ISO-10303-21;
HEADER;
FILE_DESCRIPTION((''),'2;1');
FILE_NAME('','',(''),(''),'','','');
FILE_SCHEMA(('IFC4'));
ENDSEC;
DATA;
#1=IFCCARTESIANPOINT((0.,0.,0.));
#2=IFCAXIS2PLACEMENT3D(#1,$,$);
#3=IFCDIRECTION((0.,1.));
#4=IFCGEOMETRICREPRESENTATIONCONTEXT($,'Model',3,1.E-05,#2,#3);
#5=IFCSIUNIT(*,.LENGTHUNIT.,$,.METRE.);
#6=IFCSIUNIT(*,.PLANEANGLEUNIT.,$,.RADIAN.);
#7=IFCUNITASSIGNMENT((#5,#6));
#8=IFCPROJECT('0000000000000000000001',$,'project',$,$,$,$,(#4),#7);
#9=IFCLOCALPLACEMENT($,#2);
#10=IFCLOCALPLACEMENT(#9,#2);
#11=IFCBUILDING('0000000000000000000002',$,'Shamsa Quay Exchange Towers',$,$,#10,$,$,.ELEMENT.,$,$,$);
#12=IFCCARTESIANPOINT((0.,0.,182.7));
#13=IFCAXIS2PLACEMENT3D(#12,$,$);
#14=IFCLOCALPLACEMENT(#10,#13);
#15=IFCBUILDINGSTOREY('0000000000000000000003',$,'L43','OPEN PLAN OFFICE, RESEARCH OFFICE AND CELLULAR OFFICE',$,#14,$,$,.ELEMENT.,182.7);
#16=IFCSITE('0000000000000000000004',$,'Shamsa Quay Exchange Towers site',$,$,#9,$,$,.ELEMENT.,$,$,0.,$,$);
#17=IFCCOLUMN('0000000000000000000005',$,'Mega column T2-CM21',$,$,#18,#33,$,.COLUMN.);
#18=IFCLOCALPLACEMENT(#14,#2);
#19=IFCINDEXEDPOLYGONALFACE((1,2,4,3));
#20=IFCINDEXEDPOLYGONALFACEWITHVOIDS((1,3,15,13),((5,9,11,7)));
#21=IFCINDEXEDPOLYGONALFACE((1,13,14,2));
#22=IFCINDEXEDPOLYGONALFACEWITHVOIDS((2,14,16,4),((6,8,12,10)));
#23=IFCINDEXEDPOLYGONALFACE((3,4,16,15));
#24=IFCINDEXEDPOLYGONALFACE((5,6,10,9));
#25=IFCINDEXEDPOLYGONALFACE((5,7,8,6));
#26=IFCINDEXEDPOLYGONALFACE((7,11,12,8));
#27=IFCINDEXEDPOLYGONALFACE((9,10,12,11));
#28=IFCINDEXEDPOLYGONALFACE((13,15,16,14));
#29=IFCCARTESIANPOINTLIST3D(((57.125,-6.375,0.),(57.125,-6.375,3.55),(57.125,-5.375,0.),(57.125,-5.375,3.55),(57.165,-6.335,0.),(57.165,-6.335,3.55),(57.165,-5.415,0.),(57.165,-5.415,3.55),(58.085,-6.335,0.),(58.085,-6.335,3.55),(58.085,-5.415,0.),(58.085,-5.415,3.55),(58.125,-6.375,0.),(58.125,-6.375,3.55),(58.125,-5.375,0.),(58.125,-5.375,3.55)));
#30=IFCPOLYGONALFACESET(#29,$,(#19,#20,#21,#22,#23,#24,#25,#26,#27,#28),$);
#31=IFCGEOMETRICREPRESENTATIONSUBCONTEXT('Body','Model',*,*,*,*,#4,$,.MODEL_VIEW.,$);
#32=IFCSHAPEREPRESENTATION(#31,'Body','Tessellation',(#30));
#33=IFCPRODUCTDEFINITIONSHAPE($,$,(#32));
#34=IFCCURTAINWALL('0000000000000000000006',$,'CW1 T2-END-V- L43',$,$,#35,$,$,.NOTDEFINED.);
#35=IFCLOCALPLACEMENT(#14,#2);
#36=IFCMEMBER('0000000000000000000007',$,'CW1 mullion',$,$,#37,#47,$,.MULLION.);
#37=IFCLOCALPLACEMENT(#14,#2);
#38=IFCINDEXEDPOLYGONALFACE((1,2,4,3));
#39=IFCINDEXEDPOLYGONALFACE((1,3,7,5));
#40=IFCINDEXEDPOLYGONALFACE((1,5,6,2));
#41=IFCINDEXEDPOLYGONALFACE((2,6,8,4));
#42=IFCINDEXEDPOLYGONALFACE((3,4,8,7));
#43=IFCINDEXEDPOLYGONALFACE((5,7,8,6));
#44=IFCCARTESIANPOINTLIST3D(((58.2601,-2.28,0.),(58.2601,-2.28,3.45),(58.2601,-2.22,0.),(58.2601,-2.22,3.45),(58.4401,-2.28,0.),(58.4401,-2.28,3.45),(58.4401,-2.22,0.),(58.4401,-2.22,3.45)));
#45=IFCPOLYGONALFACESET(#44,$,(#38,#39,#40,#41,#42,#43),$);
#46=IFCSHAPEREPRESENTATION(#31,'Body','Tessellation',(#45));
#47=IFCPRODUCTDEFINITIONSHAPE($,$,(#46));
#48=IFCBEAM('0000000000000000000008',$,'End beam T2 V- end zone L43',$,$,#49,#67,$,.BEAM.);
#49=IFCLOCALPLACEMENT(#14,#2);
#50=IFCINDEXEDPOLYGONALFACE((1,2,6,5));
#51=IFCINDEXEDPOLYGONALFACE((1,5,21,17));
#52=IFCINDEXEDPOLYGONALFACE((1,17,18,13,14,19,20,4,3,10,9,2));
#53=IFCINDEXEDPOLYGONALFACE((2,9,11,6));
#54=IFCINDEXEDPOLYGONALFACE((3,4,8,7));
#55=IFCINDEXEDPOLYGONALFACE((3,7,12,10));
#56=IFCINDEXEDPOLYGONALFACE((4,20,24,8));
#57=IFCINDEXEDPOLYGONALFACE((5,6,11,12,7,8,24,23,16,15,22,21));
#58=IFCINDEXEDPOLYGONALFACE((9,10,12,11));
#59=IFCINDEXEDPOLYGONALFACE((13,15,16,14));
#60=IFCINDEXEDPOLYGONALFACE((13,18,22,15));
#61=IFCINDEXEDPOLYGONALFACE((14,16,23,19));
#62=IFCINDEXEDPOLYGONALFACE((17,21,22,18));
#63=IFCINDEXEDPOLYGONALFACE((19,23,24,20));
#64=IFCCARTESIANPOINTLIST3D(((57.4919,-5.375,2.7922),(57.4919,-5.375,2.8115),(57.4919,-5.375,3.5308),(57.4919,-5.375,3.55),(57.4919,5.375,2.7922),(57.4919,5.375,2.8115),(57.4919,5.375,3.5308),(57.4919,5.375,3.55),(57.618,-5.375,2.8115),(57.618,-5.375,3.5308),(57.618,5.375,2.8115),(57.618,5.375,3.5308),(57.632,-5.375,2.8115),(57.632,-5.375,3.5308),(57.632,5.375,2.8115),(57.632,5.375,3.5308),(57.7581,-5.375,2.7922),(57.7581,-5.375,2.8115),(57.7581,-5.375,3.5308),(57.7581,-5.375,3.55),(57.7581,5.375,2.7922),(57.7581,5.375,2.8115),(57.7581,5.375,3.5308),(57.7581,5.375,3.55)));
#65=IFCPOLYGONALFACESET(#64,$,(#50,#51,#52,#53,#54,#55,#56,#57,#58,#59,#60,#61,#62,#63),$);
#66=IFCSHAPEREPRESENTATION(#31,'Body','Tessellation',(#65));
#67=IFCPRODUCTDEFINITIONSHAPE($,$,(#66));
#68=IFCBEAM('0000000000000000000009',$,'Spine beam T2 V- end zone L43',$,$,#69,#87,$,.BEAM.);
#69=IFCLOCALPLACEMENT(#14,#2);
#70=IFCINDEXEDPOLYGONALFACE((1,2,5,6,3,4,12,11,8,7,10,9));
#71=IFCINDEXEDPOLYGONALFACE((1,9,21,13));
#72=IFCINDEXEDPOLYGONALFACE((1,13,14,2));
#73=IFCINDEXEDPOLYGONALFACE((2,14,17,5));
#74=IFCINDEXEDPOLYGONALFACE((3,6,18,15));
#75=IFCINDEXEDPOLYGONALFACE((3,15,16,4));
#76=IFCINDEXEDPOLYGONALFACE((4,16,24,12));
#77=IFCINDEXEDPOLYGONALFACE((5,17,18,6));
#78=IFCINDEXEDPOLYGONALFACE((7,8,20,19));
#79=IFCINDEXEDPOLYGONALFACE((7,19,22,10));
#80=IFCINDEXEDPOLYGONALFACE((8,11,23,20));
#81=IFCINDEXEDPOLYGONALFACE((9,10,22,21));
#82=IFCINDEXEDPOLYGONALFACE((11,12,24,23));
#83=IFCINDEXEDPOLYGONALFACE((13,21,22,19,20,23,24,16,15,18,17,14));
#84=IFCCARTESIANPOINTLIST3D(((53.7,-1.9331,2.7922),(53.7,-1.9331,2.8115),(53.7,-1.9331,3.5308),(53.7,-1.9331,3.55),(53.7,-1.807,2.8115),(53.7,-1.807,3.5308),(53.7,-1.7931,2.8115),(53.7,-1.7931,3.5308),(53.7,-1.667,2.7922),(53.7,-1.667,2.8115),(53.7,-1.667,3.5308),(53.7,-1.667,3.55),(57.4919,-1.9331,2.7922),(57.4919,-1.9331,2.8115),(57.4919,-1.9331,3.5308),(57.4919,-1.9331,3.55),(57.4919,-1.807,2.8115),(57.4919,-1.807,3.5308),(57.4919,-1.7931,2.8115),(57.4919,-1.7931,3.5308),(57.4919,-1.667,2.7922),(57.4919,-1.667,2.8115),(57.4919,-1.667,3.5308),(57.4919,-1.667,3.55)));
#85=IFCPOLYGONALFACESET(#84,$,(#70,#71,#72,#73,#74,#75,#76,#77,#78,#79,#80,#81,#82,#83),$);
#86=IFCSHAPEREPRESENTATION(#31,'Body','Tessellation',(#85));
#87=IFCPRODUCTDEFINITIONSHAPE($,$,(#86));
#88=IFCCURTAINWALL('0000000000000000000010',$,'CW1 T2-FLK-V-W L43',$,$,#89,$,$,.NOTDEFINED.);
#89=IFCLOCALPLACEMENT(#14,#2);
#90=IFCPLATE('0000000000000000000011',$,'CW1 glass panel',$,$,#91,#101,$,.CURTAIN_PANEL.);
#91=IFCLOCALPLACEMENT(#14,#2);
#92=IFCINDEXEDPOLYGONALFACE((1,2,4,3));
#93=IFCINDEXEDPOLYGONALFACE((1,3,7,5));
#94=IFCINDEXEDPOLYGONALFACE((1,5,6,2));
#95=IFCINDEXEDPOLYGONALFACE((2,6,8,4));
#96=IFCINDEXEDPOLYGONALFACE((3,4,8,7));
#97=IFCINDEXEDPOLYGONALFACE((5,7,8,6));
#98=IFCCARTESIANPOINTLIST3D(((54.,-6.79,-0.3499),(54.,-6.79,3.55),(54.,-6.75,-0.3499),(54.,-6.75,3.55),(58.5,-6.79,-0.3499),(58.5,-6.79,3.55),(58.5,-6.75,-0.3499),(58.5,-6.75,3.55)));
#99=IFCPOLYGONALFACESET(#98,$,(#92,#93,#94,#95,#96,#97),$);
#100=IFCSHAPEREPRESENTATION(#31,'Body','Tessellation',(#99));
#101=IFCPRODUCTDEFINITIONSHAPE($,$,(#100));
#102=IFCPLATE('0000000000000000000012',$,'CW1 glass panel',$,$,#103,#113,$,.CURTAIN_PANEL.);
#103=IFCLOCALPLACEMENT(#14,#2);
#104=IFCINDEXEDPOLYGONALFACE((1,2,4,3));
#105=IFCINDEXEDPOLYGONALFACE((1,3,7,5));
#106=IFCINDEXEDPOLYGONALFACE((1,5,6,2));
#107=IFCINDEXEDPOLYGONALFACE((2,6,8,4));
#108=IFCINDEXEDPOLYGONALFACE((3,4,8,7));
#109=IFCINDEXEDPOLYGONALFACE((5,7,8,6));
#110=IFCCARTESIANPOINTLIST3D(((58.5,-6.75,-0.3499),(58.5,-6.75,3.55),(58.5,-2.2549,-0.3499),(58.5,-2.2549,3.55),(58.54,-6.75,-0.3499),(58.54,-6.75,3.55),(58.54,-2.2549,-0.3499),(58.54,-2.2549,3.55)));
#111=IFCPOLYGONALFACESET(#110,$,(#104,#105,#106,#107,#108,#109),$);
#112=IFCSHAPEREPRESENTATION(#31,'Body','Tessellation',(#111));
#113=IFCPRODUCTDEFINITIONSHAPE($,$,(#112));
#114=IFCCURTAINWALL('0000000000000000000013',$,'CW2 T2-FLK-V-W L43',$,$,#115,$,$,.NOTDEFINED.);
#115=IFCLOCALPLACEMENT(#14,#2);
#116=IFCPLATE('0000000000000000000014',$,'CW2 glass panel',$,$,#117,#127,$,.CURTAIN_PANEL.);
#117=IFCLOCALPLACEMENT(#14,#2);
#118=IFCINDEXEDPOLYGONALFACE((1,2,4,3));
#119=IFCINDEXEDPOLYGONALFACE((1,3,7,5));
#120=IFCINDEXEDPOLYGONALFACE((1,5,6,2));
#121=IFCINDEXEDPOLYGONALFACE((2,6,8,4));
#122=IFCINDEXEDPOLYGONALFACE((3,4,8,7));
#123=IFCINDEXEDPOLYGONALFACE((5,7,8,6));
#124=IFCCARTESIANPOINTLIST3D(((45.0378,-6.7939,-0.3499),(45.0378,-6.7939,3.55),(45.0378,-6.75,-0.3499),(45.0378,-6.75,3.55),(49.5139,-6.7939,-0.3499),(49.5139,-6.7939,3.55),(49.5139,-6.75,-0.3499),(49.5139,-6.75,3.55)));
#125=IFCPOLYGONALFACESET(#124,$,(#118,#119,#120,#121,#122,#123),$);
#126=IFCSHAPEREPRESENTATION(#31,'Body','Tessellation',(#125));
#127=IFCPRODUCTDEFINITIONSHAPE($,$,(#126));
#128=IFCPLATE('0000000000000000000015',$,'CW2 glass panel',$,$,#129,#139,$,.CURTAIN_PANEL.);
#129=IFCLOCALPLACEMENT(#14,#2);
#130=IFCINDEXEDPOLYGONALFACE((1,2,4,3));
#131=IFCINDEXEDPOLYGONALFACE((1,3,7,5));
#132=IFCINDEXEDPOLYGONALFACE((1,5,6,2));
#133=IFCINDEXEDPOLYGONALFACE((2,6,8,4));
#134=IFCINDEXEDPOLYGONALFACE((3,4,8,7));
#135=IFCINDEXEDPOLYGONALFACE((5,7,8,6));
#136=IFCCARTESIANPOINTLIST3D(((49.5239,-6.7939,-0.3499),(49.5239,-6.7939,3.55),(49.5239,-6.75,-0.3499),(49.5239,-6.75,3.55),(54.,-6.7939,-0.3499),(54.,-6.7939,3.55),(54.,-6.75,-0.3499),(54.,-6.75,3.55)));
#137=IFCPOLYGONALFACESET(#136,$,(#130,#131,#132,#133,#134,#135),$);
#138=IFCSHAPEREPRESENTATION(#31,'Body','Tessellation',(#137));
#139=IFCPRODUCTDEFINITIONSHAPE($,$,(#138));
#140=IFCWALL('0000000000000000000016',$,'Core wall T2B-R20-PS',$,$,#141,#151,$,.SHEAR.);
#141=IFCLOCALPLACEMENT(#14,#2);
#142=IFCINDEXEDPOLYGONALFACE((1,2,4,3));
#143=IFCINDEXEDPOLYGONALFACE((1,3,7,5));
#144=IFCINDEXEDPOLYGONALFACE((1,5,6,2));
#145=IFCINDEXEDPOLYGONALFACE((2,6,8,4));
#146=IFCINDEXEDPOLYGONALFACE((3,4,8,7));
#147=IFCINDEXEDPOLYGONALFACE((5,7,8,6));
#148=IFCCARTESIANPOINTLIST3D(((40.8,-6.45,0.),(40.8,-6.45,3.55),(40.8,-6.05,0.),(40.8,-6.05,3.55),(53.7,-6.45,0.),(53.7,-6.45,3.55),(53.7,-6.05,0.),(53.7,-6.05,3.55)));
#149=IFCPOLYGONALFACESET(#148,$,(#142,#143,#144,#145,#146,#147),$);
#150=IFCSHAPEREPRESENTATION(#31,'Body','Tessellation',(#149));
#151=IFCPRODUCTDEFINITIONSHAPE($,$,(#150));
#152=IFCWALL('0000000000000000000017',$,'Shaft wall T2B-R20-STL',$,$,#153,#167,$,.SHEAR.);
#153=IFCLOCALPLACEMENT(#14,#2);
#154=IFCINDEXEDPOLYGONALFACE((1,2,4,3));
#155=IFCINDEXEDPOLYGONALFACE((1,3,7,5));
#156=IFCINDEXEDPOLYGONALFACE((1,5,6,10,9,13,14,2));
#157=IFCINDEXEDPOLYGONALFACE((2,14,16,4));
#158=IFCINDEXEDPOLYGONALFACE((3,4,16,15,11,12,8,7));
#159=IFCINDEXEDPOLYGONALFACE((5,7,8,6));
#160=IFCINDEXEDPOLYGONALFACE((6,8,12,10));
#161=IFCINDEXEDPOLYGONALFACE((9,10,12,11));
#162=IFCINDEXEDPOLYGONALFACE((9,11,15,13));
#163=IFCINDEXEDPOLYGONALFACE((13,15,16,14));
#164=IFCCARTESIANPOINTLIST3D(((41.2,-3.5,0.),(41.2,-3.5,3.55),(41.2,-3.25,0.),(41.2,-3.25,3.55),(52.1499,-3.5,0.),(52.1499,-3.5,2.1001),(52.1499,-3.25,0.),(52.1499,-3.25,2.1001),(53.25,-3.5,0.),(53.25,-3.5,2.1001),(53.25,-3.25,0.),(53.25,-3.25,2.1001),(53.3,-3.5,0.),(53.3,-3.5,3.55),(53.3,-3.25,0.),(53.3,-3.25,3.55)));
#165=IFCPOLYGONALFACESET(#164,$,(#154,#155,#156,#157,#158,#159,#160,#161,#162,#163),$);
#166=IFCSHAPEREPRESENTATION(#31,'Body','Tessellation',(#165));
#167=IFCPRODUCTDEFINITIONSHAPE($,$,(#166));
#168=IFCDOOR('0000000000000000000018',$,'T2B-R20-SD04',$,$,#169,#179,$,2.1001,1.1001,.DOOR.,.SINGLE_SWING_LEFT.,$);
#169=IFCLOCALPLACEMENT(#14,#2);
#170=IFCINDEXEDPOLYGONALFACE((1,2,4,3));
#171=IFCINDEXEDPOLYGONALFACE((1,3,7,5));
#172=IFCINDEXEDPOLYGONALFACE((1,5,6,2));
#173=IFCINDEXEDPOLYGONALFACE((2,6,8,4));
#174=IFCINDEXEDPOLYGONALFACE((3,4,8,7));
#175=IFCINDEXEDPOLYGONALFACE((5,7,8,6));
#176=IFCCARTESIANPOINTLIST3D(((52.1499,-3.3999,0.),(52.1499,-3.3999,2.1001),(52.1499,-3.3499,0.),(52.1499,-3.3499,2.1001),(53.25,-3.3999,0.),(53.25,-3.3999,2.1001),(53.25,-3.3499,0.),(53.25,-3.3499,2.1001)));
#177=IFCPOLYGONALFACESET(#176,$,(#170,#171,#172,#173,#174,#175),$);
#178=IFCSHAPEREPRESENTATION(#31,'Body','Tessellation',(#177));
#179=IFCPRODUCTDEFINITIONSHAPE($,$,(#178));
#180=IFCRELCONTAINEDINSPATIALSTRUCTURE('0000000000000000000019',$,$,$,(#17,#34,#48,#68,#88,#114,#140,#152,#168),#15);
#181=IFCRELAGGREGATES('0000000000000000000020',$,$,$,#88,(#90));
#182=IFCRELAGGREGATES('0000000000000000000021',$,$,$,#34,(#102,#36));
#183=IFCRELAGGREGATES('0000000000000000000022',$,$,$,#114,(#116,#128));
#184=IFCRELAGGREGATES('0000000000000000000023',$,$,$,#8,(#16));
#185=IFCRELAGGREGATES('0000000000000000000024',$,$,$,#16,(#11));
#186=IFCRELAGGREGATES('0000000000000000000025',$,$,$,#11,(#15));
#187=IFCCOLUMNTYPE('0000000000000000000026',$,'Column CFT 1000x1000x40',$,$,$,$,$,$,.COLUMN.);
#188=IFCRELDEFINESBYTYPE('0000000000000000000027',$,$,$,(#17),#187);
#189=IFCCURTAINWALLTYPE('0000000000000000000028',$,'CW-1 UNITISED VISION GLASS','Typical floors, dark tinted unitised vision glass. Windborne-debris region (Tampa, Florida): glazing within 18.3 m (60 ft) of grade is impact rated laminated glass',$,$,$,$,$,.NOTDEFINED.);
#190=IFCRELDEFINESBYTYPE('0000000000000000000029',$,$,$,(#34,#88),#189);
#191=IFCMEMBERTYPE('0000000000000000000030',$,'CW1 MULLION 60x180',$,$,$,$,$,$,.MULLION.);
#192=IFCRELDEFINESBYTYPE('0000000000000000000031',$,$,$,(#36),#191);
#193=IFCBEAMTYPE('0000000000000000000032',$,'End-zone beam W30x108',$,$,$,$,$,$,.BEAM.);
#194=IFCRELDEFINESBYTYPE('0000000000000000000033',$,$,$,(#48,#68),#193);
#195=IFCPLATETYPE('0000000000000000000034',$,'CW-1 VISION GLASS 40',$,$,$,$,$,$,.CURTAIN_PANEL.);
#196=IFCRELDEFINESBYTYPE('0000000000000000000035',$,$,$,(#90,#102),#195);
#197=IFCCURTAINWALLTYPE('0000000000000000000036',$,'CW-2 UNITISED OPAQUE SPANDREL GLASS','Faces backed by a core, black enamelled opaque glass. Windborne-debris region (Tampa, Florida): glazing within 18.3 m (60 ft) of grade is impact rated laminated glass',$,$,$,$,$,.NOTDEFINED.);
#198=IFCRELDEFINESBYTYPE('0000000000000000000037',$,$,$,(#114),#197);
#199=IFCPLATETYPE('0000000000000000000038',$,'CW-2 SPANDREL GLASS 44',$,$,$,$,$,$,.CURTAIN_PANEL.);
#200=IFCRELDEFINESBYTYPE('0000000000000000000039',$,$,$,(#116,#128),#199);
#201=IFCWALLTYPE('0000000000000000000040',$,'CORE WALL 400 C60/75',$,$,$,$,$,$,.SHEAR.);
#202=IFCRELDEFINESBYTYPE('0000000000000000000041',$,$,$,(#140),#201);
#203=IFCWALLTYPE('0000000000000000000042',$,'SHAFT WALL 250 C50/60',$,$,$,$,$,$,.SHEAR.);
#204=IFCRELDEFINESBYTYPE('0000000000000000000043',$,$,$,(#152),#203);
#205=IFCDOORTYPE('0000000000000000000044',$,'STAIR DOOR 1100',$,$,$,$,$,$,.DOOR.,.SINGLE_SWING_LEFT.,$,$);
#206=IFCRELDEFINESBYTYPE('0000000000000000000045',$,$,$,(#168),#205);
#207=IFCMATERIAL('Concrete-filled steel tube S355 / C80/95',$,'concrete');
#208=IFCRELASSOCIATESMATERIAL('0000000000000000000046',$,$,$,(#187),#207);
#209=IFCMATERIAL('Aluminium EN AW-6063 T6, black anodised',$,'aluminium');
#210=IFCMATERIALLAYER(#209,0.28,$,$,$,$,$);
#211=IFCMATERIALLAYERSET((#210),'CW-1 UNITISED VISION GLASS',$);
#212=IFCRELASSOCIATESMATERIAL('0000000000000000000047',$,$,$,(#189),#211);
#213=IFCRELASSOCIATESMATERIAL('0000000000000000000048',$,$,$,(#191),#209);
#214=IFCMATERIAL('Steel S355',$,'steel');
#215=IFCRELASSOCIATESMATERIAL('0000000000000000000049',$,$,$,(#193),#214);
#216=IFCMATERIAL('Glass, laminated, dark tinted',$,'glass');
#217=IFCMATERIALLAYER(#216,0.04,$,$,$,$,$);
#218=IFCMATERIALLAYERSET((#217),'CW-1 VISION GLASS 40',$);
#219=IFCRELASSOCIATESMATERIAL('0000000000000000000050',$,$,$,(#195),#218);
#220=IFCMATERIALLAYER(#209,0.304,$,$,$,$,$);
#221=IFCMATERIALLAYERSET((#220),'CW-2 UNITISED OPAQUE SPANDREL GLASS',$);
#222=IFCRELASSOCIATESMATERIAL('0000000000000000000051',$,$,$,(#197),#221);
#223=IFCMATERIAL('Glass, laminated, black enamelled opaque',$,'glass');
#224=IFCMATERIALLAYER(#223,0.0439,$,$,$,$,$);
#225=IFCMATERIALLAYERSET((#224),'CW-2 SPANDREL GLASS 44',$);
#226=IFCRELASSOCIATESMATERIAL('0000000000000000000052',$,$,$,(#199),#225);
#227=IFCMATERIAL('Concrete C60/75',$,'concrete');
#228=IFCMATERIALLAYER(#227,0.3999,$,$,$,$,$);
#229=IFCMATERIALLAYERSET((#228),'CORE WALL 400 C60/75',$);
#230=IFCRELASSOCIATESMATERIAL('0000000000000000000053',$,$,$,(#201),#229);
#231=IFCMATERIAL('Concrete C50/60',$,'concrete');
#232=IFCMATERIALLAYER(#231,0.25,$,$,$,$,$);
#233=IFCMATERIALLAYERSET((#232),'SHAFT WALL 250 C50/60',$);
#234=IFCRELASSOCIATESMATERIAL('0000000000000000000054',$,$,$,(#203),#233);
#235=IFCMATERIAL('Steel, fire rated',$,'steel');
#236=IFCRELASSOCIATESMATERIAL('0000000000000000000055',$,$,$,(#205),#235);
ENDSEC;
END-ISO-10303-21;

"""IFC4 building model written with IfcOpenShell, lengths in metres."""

from ifc_helpers import new_model, si_unit, direction, frame, frame_2d, origin, origin_2d, place, context, subcontext, project, spatial, rectangle, hollow_rectangle, i_section, extrude, material, layer, layer_set, material_profile, profile_set, type_object, element, fill, aggregate, save


model = new_model("IFC4")

# Units and contexts
model_context = context("Model", 3, precision=1e-05, world=origin(), true_north=direction((0.0, 1.0)))
body_context = subcontext(model_context, "Body", "Model", "MODEL_VIEW")
ifc_project = project(units=[si_unit("LENGTHUNIT", "METRE"), si_unit("PLANEANGLEUNIT", "RADIAN")], contexts=[model_context])

# Site, building, storey
site_placement = place(None, origin())
site = spatial("IfcSite", under=ifc_project, at=site_placement, Name="Shamsa Quay Exchange Towers site", CompositionType="ELEMENT", RefElevation=0.0)
building_placement = place(site_placement, origin())
building = spatial("IfcBuilding", under=site, at=building_placement, Name="Shamsa Quay Exchange Towers", CompositionType="ELEMENT")
storey_placement = place(building_placement, frame((0.0, 0.0, 182.7)))
storey = spatial("IfcBuildingStorey", under=building, at=storey_placement, Name="L43", Description="OPEN PLAN OFFICE, RESEARCH OFFICE AND CELLULAR OFFICE", CompositionType="ELEMENT", Elevation=182.7)

# Column
ifc_material_1 = material(Name="Concrete-filled steel tube S355 / C80/95", Category="concrete")
ifc_material_profile_1 = material_profile(ifc_material_1, hollow_rectangle(XDim=1.0, YDim=1.0, WallThickness=0.04, at=origin_2d()), Name="CFT 1000x1000x40")
ifc_profile_set_1 = profile_set([ifc_material_profile_1], Name="Concrete-filled steel tube S355 / C80/95")
column_type = type_object("IfcColumnType", Name="Column CFT 1000x1000x40", PredefinedType="COLUMN", material=ifc_profile_set_1)
column_placement = place(storey_placement, frame((57.625, -5.875, 0.0)))
element("IfcColumn", 1, at=column_placement, inside=storey, type_object=column_type, Name="Mega column T2-CM21", PredefinedType="COLUMN", context=body_context, shape_type="SweptSolid", body=[
    extrude(hollow_rectangle(XDim=1.0, YDim=1.0, WallThickness=0.04, at=origin_2d()), origin(), (0.0, 0.0, 1.0), 3.55),
])

# Curtain wall, member
ifc_material_2 = material(Name="Aluminium EN AW-6063 T6, black anodised", Category="aluminium")
ifc_layer_1 = layer(ifc_material_2, 0.28)
ifc_layer_set_1 = layer_set([ifc_layer_1], Name="CW-1 UNITISED VISION GLASS")
curtain_wall_type_1 = type_object("IfcCurtainWallType", Name="CW-1 UNITISED VISION GLASS", Description="Typical floors, dark tinted unitised vision glass. Windborne-debris region (Tampa, Florida): glazing within 18.3 m (60 ft) of grade is impact rated laminated glass", PredefinedType="NOTDEFINED", material=ifc_layer_set_1)
curtain_wall_1_placement = place(storey_placement, origin())
curtain_wall_1 = element("IfcCurtainWall", 2, at=curtain_wall_1_placement, inside=storey, type_object=curtain_wall_type_1, Name="CW1 T2-END-V- L43", PredefinedType="NOTDEFINED")
ifc_material_profile_2 = material_profile(ifc_material_2, rectangle(XDim=0.1799, YDim=0.0601, at=origin_2d()), Name="MU60x180")
ifc_profile_set_2 = profile_set([ifc_material_profile_2], Name="Aluminium EN AW-6063 T6, black anodised")
member_type = type_object("IfcMemberType", Name="CW1 MULLION 60x180", PredefinedType="MULLION", material=ifc_profile_set_2)
member_placement = place(storey_placement, frame((58.3501, -2.25, 0.0), z_axis=(0.0, 0.0, 1.0), x_axis=(-1.0, 0.0, 0.0)))
member = element("IfcMember", 3, at=member_placement, type_object=member_type, Name="CW1 mullion", PredefinedType="MULLION", context=body_context, shape_type="SweptSolid", body=[
    extrude(rectangle(XDim=0.1799, YDim=0.0601, at=origin_2d()), origin(), (0.0, 0.0, 1.0), 3.45),
])

# Beams
ifc_material_3 = material(Name="Steel S355", Category="steel")
ifc_material_profile_3 = material_profile(ifc_material_3, i_section(OverallWidth=0.2661, OverallDepth=0.7578, WebThickness=0.0139, FlangeThickness=0.0193, at=origin_2d()), Name="W30x108")
ifc_profile_set_3 = profile_set([ifc_material_profile_3], Name="Steel S355")
beam_type = type_object("IfcBeamType", Name="End-zone beam W30x108", PredefinedType="BEAM", material=ifc_profile_set_3)
beam_1_placement = place(storey_placement, frame((57.625, -5.375, 3.1711), z_axis=(0.0, 1.0, 0.0), x_axis=(-1.0, 0.0, 0.0)))
element("IfcBeam", 4, at=beam_1_placement, inside=storey, type_object=beam_type, Name="End beam T2 V- end zone L43", PredefinedType="BEAM", context=body_context, shape_type="SweptSolid", body=[
    extrude(i_section(OverallWidth=0.2661, OverallDepth=0.7578, WebThickness=0.0139, FlangeThickness=0.0193, at=origin_2d()), origin(), (0.0, 0.0, 1.0), 10.75),
])
beam_2_placement = place(storey_placement, frame((53.7, -1.8, 3.1711), z_axis=(1.0, 0.0, 0.0), x_axis=(0.0, 1.0, 0.0)))
element("IfcBeam", 5, at=beam_2_placement, inside=storey, type_object=beam_type, Name="Spine beam T2 V- end zone L43", PredefinedType="BEAM", context=body_context, shape_type="SweptSolid", body=[
    extrude(i_section(OverallWidth=0.2661, OverallDepth=0.7578, WebThickness=0.0139, FlangeThickness=0.0193, at=origin_2d()), origin(), (0.0, 0.0, 1.0), 3.792),
])

# Curtain wall, plate
curtain_wall_2_placement = place(storey_placement, origin())
curtain_wall_2 = element("IfcCurtainWall", 6, at=curtain_wall_2_placement, inside=storey, type_object=curtain_wall_type_1, Name="CW1 T2-FLK-V-W L43", PredefinedType="NOTDEFINED")
ifc_material_4 = material(Name="Glass, laminated, dark tinted", Category="glass")
ifc_layer_2 = layer(ifc_material_4, 0.04)
ifc_layer_set_2 = layer_set([ifc_layer_2], Name="CW-1 VISION GLASS 40")
plate_type_1 = type_object("IfcPlateType", Name="CW-1 VISION GLASS 40", PredefinedType="CURTAIN_PANEL", material=ifc_layer_set_2)
plate_1_placement = place(storey_placement, frame((56.25, -6.77, -0.3499)))
plate_1 = element("IfcPlate", 7, at=plate_1_placement, type_object=plate_type_1, Name="CW1 glass panel", PredefinedType="CURTAIN_PANEL", context=body_context, shape_type="SweptSolid", body=[
    extrude(rectangle(XDim=4.5, YDim=0.04, at=origin_2d()), origin(), (0.0, 0.0, 1.0), 3.8999),
])
aggregate(curtain_wall_2, [plate_1])

# Plate
plate_2_placement = place(storey_placement, frame((58.52, -4.5024, -0.3499), z_axis=(0.0, 0.0, 1.0), x_axis=(0.0, 1.0, 0.0)))
plate_2 = element("IfcPlate", 8, at=plate_2_placement, type_object=plate_type_1, Name="CW1 glass panel", PredefinedType="CURTAIN_PANEL", context=body_context, shape_type="SweptSolid", body=[
    extrude(rectangle(XDim=4.4951, YDim=0.04, at=origin_2d()), origin(), (0.0, 0.0, 1.0), 3.8999),
])
aggregate(curtain_wall_1, [plate_2, member])

# Curtain wall, plates
ifc_layer_3 = layer(ifc_material_2, 0.304)
ifc_layer_set_3 = layer_set([ifc_layer_3], Name="CW-2 UNITISED OPAQUE SPANDREL GLASS")
curtain_wall_type_2 = type_object("IfcCurtainWallType", Name="CW-2 UNITISED OPAQUE SPANDREL GLASS", Description="Faces backed by a core, black enamelled opaque glass. Windborne-debris region (Tampa, Florida): glazing within 18.3 m (60 ft) of grade is impact rated laminated glass", PredefinedType="NOTDEFINED", material=ifc_layer_set_3)
curtain_wall_3_placement = place(storey_placement, origin())
curtain_wall_3 = element("IfcCurtainWall", 9, at=curtain_wall_3_placement, inside=storey, type_object=curtain_wall_type_2, Name="CW2 T2-FLK-V-W L43", PredefinedType="NOTDEFINED")
ifc_material_5 = material(Name="Glass, laminated, black enamelled opaque", Category="glass")
ifc_layer_4 = layer(ifc_material_5, 0.0439)
ifc_layer_set_4 = layer_set([ifc_layer_4], Name="CW-2 SPANDREL GLASS 44")
plate_type_2 = type_object("IfcPlateType", Name="CW-2 SPANDREL GLASS 44", PredefinedType="CURTAIN_PANEL", material=ifc_layer_set_4)
plate_3_placement = place(storey_placement, frame((47.2759, -6.772, -0.3499)))
plate_3 = element("IfcPlate", 10, at=plate_3_placement, type_object=plate_type_2, Name="CW2 glass panel", PredefinedType="CURTAIN_PANEL", context=body_context, shape_type="SweptSolid", body=[
    extrude(rectangle(XDim=4.4761, YDim=0.0439, at=origin_2d()), origin(), (0.0, 0.0, 1.0), 3.8999),
])
plate_4_placement = place(storey_placement, frame((51.762, -6.772, -0.3499)))
plate_4 = element("IfcPlate", 11, at=plate_4_placement, type_object=plate_type_2, Name="CW2 glass panel", PredefinedType="CURTAIN_PANEL", context=body_context, shape_type="SweptSolid", body=[
    extrude(rectangle(XDim=4.4761, YDim=0.0439, at=origin_2d()), origin(), (0.0, 0.0, 1.0), 3.8999),
])
aggregate(curtain_wall_3, [plate_3, plate_4])

# Wall
ifc_material_6 = material(Name="Concrete C60/75", Category="concrete")
ifc_layer_5 = layer(ifc_material_6, 0.3999)
ifc_layer_set_5 = layer_set([ifc_layer_5], Name="CORE WALL 400 C60/75")
wall_type_1 = type_object("IfcWallType", Name="CORE WALL 400 C60/75", PredefinedType="SHEAR", material=ifc_layer_set_5)
wall_1_placement = place(storey_placement, frame((53.7, -6.25, 0.0), z_axis=(0.0, 0.0, 1.0), x_axis=(-1.0, 0.0, 0.0)))
element("IfcWall", 12, at=wall_1_placement, inside=storey, type_object=wall_type_1, Name="Core wall T2B-R20-PS", PredefinedType="SHEAR", context=body_context, shape_type="SweptSolid", body=[
    extrude(rectangle(XDim=12.8999, YDim=0.3999, at=frame_2d((6.45, 0.0))), origin(), (0.0, 0.0, 1.0), 3.55),
])

# Wall, opening, door
ifc_material_7 = material(Name="Steel, fire rated", Category="steel")
ifc_material_8 = material(Name="Concrete C50/60", Category="concrete")
ifc_layer_6 = layer(ifc_material_8, 0.25)
ifc_layer_set_6 = layer_set([ifc_layer_6], Name="SHAFT WALL 250 C50/60")
wall_type_2 = type_object("IfcWallType", Name="SHAFT WALL 250 C50/60", PredefinedType="SHEAR", material=ifc_layer_set_6)
wall_2_placement = place(storey_placement, frame((53.3, -3.375, 0.0), z_axis=(0.0, 0.0, 1.0), x_axis=(-1.0, 0.0, 0.0)))
wall_2 = element("IfcWall", 13, at=wall_2_placement, inside=storey, type_object=wall_type_2, Name="Shaft wall T2B-R20-STL", PredefinedType="SHEAR", context=body_context, shape_type="SweptSolid", body=[
    extrude(rectangle(XDim=12.1001, YDim=0.25, at=frame_2d((6.05, 0.0))), origin(), (0.0, 0.0, 1.0), 3.55),
])
opening_1_placement = place(wall_2_placement, frame((0.05, 0.0, 0.0)))
opening_1 = element("IfcOpeningElement", 14, at=opening_1_placement, cuts=wall_2, PredefinedType="OPENING", context=body_context, shape_type="SweptSolid", body=[
    extrude(rectangle(XDim=1.1001, YDim=2.1001, at=frame_2d((0.55, 1.05))), frame((0.0, 0.135, 0.0), z_axis=(0.0, -1.0, 0.0), x_axis=(1.0, 0.0, 0.0)), (0.0, 0.0, 1.0), 0.27),
])
door_type_1 = type_object("IfcDoorType", Name="STAIR DOOR 1100", OperationType="SINGLE_SWING_LEFT", PredefinedType="DOOR", material=ifc_material_7)
door_1_placement = place(opening_1_placement, origin())
door_1 = element("IfcDoor", 15, at=door_1_placement, inside=storey, type_object=door_type_1, Name="T2B-R20-SD04", OperationType="SINGLE_SWING_LEFT", OverallHeight=2.1001, OverallWidth=1.1001, PredefinedType="DOOR", context=body_context, shape_type="SweptSolid", body=[
    extrude(rectangle(XDim=1.1001, YDim=2.1001, at=frame_2d((0.55, 1.05))), frame((0.0, 0.0249, 0.0), z_axis=(0.0, -1.0, 0.0), x_axis=(1.0, 0.0, 0.0)), (0.0, 0.0, 1.0), 0.05),
])
fill(opening_1, door_1)

save(model, "model.ifc")
